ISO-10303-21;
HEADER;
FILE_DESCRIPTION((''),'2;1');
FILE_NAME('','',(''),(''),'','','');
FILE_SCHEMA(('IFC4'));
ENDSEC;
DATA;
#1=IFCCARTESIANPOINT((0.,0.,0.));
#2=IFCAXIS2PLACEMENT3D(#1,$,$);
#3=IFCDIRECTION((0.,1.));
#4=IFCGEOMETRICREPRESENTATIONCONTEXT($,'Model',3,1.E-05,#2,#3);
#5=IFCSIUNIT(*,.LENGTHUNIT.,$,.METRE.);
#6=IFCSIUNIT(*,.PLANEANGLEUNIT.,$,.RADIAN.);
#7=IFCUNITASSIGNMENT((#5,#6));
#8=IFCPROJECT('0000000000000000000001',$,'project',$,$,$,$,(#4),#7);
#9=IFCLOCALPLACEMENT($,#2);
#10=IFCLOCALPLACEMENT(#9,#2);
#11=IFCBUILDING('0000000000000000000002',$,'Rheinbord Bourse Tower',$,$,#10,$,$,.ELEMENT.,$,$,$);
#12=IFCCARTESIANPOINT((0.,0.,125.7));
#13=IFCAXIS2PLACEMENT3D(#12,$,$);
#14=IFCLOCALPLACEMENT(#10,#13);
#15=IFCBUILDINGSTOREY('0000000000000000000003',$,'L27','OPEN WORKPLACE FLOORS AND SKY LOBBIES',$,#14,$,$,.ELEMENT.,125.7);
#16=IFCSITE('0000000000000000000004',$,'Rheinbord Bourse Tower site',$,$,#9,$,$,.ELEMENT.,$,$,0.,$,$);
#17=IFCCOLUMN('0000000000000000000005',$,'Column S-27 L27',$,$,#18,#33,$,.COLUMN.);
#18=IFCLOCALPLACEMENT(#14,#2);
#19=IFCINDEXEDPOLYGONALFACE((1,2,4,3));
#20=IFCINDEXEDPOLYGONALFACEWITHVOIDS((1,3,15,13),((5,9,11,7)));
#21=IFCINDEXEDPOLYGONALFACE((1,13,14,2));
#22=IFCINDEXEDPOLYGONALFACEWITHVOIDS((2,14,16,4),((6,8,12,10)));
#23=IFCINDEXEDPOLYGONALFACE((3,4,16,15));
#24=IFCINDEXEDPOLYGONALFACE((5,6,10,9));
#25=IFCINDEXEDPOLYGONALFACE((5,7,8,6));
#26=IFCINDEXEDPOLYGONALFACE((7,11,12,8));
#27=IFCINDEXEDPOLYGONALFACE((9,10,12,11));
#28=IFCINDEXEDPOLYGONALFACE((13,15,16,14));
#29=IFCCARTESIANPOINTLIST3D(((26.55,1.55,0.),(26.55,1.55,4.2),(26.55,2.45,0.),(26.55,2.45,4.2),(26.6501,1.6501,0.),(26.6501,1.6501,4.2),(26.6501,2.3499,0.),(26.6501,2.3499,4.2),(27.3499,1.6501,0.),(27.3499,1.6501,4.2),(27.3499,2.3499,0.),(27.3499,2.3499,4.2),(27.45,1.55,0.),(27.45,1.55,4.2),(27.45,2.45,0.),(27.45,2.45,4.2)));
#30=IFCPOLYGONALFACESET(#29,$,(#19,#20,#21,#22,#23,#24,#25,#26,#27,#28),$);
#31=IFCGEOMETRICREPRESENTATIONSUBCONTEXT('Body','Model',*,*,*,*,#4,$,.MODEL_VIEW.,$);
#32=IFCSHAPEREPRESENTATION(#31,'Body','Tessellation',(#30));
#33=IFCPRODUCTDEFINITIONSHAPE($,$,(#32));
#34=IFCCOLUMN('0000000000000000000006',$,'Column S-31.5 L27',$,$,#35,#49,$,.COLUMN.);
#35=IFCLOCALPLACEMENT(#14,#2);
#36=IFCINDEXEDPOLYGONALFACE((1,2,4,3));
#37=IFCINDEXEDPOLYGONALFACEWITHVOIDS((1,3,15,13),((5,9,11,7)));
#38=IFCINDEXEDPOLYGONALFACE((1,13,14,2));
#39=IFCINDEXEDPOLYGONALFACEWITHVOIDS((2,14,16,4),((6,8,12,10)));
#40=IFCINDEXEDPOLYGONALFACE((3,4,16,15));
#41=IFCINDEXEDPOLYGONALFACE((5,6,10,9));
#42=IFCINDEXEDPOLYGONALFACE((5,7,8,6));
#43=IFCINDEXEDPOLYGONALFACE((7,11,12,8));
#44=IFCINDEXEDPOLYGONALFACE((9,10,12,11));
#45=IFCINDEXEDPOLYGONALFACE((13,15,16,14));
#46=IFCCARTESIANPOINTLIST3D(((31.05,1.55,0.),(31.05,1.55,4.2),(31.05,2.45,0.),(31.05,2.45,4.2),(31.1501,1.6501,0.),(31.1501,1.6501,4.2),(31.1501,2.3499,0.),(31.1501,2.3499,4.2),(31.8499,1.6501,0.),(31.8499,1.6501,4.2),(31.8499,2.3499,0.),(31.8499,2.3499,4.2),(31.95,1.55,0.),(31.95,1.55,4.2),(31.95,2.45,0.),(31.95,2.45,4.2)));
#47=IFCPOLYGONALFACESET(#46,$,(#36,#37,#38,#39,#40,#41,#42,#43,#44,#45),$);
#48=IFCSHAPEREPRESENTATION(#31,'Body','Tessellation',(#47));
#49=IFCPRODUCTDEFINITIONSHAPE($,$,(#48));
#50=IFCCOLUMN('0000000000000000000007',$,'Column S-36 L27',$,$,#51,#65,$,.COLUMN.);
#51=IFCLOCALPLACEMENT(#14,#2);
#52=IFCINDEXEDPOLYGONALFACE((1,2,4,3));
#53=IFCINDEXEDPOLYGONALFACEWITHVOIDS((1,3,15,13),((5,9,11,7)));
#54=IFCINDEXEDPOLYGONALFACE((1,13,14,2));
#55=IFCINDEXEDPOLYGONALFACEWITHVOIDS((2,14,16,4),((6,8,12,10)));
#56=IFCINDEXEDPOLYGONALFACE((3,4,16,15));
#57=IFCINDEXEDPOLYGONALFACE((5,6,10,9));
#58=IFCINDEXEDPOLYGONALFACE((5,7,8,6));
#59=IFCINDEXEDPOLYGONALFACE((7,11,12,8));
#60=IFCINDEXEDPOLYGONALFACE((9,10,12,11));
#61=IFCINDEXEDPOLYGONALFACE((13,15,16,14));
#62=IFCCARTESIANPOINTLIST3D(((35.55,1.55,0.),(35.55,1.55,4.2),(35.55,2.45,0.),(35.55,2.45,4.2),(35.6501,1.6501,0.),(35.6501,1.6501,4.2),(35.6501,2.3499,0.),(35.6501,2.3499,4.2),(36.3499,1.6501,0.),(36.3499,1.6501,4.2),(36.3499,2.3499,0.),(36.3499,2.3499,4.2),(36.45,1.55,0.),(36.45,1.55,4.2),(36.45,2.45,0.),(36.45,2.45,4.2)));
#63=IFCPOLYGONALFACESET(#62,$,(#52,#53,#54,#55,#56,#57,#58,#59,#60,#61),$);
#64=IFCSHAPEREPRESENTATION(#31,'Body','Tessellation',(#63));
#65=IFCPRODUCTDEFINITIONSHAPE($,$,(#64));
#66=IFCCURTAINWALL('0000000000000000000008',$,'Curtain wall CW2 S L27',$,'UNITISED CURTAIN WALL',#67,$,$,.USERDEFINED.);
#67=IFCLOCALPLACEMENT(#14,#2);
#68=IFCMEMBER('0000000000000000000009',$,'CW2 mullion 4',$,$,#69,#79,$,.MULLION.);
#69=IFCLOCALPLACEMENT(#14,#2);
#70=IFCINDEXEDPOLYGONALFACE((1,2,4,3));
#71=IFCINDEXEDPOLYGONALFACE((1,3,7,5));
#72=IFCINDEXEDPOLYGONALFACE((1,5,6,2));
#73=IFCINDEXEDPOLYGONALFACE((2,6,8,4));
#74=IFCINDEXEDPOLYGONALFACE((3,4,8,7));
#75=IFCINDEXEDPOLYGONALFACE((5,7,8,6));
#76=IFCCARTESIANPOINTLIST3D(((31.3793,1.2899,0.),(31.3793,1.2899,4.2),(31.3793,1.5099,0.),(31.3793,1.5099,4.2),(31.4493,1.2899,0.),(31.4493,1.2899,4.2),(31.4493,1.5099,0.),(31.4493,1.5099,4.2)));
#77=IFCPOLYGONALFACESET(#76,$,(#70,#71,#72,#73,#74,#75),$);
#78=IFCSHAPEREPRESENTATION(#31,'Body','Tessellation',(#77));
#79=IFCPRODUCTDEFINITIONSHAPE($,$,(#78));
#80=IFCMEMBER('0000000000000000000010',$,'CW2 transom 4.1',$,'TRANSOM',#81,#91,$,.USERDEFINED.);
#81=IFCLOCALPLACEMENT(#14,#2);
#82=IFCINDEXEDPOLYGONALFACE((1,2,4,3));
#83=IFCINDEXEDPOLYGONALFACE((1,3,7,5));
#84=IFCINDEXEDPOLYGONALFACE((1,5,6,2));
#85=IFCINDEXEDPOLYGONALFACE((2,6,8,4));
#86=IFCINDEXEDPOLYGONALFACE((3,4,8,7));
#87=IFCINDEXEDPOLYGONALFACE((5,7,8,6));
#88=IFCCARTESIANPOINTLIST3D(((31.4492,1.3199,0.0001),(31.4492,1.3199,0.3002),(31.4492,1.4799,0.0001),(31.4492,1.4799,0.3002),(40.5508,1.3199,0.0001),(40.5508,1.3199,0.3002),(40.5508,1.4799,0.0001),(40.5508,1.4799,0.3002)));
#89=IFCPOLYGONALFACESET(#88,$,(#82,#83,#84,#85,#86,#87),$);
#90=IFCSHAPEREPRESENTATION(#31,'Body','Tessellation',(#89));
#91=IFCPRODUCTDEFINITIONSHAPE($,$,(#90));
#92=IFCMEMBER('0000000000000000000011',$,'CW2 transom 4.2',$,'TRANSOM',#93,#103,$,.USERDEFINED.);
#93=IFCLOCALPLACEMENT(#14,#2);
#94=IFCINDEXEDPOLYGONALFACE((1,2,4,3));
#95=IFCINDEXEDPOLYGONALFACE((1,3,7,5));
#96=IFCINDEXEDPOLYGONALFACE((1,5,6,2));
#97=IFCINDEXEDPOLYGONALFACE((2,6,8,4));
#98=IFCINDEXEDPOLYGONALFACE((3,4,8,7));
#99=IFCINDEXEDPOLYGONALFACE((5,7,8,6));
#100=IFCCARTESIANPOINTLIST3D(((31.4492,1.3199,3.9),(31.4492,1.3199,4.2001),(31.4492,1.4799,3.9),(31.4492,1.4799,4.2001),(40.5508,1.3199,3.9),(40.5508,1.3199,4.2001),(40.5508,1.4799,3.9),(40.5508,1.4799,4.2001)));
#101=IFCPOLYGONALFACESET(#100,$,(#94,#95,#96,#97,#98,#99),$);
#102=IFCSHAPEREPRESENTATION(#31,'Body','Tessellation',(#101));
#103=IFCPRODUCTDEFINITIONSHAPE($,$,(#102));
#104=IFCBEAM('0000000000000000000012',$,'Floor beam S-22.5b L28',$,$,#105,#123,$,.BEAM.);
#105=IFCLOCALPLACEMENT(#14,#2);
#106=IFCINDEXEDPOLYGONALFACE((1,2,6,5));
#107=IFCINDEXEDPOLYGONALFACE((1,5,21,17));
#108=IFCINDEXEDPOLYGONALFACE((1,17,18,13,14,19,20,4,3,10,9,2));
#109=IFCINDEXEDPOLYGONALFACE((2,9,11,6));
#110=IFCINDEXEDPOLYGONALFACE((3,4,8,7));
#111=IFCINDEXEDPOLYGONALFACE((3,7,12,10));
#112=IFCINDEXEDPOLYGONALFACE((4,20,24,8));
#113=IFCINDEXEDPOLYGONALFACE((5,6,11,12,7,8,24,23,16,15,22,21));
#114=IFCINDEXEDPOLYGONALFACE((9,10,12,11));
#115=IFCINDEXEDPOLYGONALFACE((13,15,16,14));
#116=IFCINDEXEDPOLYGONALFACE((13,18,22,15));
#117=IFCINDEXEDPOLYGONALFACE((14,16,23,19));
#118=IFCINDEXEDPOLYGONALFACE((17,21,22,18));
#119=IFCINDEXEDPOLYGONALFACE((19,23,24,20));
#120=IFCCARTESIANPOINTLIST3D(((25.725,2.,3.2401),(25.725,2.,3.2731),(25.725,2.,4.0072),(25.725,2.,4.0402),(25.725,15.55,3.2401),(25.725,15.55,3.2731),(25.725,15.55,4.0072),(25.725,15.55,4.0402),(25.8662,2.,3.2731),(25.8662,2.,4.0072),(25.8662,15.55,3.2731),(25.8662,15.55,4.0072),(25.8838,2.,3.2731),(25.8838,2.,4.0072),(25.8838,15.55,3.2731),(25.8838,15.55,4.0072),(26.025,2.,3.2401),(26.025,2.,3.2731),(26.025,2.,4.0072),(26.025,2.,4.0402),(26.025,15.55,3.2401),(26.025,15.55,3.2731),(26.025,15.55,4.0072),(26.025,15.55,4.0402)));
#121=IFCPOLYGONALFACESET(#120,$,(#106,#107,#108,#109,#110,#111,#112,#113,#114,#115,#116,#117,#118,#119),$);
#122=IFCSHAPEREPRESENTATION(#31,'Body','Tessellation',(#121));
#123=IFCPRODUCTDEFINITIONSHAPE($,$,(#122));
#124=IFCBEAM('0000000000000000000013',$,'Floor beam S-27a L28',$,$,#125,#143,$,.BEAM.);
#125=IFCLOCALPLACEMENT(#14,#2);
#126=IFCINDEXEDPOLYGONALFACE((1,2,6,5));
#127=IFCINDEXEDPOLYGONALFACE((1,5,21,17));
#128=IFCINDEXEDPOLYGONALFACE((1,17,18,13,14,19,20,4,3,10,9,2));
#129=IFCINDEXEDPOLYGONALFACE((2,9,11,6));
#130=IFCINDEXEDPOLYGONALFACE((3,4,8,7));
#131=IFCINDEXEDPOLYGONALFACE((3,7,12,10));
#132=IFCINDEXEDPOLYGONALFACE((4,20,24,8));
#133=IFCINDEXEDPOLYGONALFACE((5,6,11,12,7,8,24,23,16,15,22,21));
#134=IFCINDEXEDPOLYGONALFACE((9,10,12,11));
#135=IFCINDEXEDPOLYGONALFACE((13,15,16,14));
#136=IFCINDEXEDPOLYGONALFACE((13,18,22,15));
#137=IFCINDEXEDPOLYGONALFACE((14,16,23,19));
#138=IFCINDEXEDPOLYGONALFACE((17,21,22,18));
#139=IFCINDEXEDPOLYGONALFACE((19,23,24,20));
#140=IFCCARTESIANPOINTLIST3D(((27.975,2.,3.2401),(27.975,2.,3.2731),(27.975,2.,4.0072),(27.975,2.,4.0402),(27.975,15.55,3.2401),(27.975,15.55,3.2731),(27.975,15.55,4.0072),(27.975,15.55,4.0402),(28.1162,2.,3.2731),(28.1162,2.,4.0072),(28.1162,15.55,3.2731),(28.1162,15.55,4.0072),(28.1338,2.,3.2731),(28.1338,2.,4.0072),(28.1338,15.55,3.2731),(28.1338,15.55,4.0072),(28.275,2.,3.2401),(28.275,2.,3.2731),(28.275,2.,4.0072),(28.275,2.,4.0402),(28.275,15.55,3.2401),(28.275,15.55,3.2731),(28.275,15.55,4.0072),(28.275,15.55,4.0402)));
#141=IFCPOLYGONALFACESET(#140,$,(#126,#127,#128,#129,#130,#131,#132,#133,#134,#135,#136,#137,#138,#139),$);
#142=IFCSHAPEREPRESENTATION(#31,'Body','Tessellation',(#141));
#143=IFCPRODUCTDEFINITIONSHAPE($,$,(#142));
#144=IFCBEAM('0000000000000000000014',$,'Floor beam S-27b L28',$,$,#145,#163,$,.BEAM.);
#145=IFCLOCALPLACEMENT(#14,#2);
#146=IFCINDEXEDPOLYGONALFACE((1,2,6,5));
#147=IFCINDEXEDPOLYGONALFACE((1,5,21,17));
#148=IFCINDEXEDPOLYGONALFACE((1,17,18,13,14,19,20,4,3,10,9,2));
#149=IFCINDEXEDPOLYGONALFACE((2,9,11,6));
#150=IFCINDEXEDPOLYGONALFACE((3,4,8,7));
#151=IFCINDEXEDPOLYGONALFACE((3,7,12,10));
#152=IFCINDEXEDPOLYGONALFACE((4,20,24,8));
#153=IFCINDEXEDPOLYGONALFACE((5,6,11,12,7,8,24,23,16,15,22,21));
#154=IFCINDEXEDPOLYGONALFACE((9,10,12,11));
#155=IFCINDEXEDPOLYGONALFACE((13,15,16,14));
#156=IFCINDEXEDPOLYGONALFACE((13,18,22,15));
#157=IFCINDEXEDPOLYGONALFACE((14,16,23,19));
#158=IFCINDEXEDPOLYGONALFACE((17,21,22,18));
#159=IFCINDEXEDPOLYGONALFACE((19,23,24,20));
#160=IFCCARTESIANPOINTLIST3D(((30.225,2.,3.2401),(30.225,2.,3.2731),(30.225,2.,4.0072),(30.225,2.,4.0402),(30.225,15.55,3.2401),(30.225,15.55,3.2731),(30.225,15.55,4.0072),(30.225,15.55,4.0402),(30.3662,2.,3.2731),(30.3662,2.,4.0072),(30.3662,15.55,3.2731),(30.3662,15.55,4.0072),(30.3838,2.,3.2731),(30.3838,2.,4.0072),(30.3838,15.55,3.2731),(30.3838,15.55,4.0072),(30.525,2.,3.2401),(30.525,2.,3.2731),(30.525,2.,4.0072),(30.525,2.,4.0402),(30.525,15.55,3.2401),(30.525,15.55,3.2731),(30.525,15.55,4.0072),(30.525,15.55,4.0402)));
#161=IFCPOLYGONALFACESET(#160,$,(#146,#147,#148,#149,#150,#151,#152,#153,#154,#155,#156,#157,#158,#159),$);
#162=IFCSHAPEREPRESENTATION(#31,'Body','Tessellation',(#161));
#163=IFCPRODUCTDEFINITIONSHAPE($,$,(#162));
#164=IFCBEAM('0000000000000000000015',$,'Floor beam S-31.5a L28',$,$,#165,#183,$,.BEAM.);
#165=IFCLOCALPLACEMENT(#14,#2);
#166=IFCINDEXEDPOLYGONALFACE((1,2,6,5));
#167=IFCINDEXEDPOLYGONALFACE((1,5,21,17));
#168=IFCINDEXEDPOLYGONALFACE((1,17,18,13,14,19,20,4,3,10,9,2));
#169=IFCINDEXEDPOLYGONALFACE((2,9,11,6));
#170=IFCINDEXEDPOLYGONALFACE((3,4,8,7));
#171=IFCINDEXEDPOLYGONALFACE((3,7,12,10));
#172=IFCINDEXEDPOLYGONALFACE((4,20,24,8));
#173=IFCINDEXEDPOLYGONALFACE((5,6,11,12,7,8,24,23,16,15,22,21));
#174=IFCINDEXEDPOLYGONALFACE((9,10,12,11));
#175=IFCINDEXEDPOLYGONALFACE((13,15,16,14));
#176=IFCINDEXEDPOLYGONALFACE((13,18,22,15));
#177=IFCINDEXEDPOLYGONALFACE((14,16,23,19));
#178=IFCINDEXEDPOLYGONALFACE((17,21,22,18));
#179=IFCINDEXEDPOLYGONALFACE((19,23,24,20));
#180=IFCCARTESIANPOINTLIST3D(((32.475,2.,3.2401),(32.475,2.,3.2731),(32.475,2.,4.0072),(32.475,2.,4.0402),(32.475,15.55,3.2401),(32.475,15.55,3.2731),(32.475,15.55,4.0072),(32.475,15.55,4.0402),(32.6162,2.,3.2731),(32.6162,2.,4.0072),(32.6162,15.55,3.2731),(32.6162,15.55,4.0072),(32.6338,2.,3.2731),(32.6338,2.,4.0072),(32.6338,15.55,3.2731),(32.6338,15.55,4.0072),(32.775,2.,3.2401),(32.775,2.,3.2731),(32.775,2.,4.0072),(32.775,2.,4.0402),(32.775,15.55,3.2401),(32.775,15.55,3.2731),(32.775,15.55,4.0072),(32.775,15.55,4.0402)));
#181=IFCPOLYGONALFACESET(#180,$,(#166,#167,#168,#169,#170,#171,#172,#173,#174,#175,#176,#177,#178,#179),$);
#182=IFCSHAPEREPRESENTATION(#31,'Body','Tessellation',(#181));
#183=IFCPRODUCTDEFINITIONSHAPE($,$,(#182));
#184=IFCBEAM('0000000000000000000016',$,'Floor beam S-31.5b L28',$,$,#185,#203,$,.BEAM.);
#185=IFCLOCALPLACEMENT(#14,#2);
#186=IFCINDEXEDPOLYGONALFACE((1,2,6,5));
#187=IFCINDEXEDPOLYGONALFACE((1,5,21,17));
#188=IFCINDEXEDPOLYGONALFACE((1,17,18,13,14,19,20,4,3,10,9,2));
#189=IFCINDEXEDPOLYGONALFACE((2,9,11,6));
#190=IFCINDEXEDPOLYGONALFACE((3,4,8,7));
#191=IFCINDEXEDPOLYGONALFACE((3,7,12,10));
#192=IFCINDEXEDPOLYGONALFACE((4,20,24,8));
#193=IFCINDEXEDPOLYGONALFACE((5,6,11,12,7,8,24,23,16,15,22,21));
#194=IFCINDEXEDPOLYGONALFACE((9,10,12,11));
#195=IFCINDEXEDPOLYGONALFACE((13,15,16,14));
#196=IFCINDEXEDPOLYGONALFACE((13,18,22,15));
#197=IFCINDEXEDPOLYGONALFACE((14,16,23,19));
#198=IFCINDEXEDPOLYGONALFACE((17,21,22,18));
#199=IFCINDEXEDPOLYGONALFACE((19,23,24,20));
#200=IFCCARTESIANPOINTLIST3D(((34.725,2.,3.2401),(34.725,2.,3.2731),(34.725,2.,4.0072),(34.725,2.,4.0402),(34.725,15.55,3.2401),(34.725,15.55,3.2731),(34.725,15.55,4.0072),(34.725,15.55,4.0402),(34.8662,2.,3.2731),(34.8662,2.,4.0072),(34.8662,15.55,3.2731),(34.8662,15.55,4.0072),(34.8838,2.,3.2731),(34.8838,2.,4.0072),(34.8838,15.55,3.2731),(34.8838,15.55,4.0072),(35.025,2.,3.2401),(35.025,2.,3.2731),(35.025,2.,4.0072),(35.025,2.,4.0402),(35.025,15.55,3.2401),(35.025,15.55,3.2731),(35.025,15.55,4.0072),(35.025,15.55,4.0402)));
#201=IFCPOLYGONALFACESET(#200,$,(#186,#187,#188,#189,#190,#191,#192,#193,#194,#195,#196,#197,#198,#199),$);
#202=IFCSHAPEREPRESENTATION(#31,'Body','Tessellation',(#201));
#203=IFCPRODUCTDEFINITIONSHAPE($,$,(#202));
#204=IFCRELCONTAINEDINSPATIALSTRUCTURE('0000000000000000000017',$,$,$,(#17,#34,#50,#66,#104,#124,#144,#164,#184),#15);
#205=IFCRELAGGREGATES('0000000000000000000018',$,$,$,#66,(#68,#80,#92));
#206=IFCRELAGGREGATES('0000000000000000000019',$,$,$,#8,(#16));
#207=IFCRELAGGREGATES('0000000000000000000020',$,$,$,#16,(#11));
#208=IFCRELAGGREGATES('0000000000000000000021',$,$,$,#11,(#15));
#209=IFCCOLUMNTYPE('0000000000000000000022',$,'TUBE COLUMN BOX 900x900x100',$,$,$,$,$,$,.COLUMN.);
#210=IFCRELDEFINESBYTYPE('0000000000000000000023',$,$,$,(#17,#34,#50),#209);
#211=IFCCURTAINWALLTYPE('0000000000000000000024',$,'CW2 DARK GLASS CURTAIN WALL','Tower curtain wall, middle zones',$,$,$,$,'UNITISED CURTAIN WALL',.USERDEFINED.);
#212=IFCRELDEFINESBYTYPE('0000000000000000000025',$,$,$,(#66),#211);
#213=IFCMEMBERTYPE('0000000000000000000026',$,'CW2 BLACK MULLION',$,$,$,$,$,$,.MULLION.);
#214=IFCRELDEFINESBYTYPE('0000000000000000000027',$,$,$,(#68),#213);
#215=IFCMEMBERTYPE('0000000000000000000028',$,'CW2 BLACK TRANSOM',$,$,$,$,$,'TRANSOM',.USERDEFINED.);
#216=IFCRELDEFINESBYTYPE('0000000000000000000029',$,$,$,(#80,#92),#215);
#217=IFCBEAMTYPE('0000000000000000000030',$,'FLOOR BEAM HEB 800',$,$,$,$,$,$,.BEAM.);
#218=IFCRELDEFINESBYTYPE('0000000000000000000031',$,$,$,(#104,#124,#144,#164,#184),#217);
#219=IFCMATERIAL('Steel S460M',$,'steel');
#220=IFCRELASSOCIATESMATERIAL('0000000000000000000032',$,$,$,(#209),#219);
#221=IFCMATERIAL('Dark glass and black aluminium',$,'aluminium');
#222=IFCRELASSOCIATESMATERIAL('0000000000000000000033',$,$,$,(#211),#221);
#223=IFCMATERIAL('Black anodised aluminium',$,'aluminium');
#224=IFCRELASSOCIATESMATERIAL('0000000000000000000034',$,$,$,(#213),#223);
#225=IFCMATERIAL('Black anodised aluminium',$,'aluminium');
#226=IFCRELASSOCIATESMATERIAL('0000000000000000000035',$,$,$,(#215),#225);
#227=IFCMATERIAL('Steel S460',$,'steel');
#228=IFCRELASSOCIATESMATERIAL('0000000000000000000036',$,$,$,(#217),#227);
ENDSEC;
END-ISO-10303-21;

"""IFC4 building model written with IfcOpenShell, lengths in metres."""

from ifc_helpers import new_model, si_unit, direction, frame, origin, origin_2d, place, context, subcontext, project, spatial, rectangle, hollow_rectangle, i_section, extrude, material, material_profile, profile_set, type_object, element, aggregate, save


model = new_model("IFC4")

# Units and contexts
model_context = context("Model", 3, precision=1e-05, world=origin(), true_north=direction((0.0, 1.0)))
body_context = subcontext(model_context, "Body", "Model", "MODEL_VIEW")
ifc_project = project(units=[si_unit("LENGTHUNIT", "METRE"), si_unit("PLANEANGLEUNIT", "RADIAN")], contexts=[model_context])

# Site, building, storey
site_placement = place(None, origin())
site = spatial("IfcSite", under=ifc_project, at=site_placement, Name="Rheinbord Bourse Tower site", CompositionType="ELEMENT", RefElevation=0.0)
building_placement = place(site_placement, origin())
building = spatial("IfcBuilding", under=site, at=building_placement, Name="Rheinbord Bourse Tower", CompositionType="ELEMENT")
storey_placement = place(building_placement, frame((0.0, 0.0, 125.7)))
storey = spatial("IfcBuildingStorey", under=building, at=storey_placement, Name="L27", Description="OPEN WORKPLACE FLOORS AND SKY LOBBIES", CompositionType="ELEMENT", Elevation=125.7)

# Columns
ifc_material_1 = material(Name="Steel S460M", Category="steel")
ifc_material_profile_1 = material_profile(ifc_material_1, hollow_rectangle(XDim=0.8999, YDim=0.8999, WallThickness=0.1001, at=origin_2d()), Name="BOX 900x900x100")
ifc_profile_set_1 = profile_set([ifc_material_profile_1], Name="Steel S460M")
column_type = type_object("IfcColumnType", Name="TUBE COLUMN BOX 900x900x100", PredefinedType="COLUMN", material=ifc_profile_set_1)
for number, where, z_axis, x_axis, name in (
    (1, (27.0, 2.0, 0.0), (0.0, 0.0, 1.0), (0.0, 1.0, 0.0), "Column S-27 L27"),
    (2, (31.5, 2.0, 0.0), (0.0, 0.0, 1.0), (0.0, 1.0, 0.0), "Column S-31.5 L27"),
    (3, (36.0, 2.0, 0.0), (0.0, 0.0, 1.0), (0.0, 1.0, 0.0), "Column S-36 L27"),
):
    element("IfcColumn", number, at=place(storey_placement, frame(where, z_axis=z_axis, x_axis=x_axis)), inside=storey, type_object=column_type, Name=name, PredefinedType="COLUMN", context=body_context, shape_type="SweptSolid", body=[
        extrude(hollow_rectangle(XDim=0.8999, YDim=0.8999, WallThickness=0.1001, at=origin_2d()), origin(), (0.0, 0.0, 1.0), 4.2),
    ])

# Curtain wall, members
ifc_material_2 = material(Name="Dark glass and black aluminium", Category="aluminium")
curtain_wall_type = type_object("IfcCurtainWallType", Name="CW2 DARK GLASS CURTAIN WALL", Description="Tower curtain wall, middle zones", ElementType="UNITISED CURTAIN WALL", PredefinedType="USERDEFINED", material=ifc_material_2)
curtain_wall_placement = place(storey_placement, origin())
curtain_wall = element("IfcCurtainWall", 4, at=curtain_wall_placement, inside=storey, type_object=curtain_wall_type, Name="Curtain wall CW2 S L27", ObjectType="UNITISED CURTAIN WALL", PredefinedType="USERDEFINED")
ifc_material_3 = material(Name="Black anodised aluminium", Category="aluminium")
ifc_material_profile_2 = material_profile(ifc_material_3, rectangle(XDim=0.22, YDim=0.0701, at=origin_2d()), Name="CW2 MULLION 70x220")
ifc_profile_set_2 = profile_set([ifc_material_profile_2], Name="Black anodised aluminium")
member_type_1 = type_object("IfcMemberType", Name="CW2 BLACK MULLION", PredefinedType="MULLION", material=ifc_profile_set_2)
member_1_placement = place(storey_placement, frame((31.4143, 1.3999, 0.0), z_axis=(0.0, 0.0, 1.0), x_axis=(0.0, 1.0, 0.0)))
member_1 = element("IfcMember", 5, at=member_1_placement, type_object=member_type_1, Name="CW2 mullion 4", PredefinedType="MULLION", context=body_context, shape_type="SweptSolid", body=[
    extrude(rectangle(XDim=0.22, YDim=0.0701, at=origin_2d()), origin(), (0.0, 0.0, 1.0), 4.2),
])
ifc_material_4 = material(Name="Black anodised aluminium", Category="aluminium")
ifc_material_profile_3 = material_profile(ifc_material_4, rectangle(XDim=0.1599, YDim=0.3, at=origin_2d()), Name="CW2 TRANSOM 300x160")
ifc_profile_set_3 = profile_set([ifc_material_profile_3], Name="Black anodised aluminium")
member_type_2 = type_object("IfcMemberType", Name="CW2 BLACK TRANSOM", ElementType="TRANSOM", PredefinedType="USERDEFINED", material=ifc_profile_set_3)
member_2_placement = place(storey_placement, frame((31.4492, 1.3999, 0.1501), z_axis=(1.0, 0.0, 0.0), x_axis=(0.0, 1.0, 0.0)))
member_2 = element("IfcMember", 6, at=member_2_placement, type_object=member_type_2, Name="CW2 transom 4.1", ObjectType="TRANSOM", PredefinedType="USERDEFINED", context=body_context, shape_type="SweptSolid", body=[
    extrude(rectangle(XDim=0.1599, YDim=0.3, at=origin_2d()), origin(), (0.0, 0.0, 1.0), 9.1016),
])
member_3_placement = place(storey_placement, frame((31.4492, 1.3999, 4.05), z_axis=(1.0, 0.0, 0.0), x_axis=(0.0, 1.0, 0.0)))
member_3 = element("IfcMember", 7, at=member_3_placement, type_object=member_type_2, Name="CW2 transom 4.2", ObjectType="TRANSOM", PredefinedType="USERDEFINED", context=body_context, shape_type="SweptSolid", body=[
    extrude(rectangle(XDim=0.1599, YDim=0.3, at=origin_2d()), origin(), (0.0, 0.0, 1.0), 9.1016),
])

# Beams
ifc_material_5 = material(Name="Steel S460", Category="steel")
ifc_material_profile_4 = material_profile(ifc_material_5, i_section(OverallWidth=0.3, OverallDepth=0.8, WebThickness=0.0176, FlangeThickness=0.033, at=origin_2d()), Name="HEB 800")
ifc_profile_set_4 = profile_set([ifc_material_profile_4], Name="Steel S460")
beam_type_1 = type_object("IfcBeamType", Name="FLOOR BEAM HEB 800", PredefinedType="BEAM", material=ifc_profile_set_4)
for number, where, z_axis, x_axis, name in (
    (8, (25.875, 2.0, 3.6401), (0.0, 1.0, 0.0), (-1.0, 0.0, 0.0), "Floor beam S-22.5b L28"),
    (9, (28.125, 2.0, 3.6401), (0.0, 1.0, 0.0), (-1.0, 0.0, 0.0), "Floor beam S-27a L28"),
    (10, (30.375, 2.0, 3.6401), (0.0, 1.0, 0.0), (-1.0, 0.0, 0.0), "Floor beam S-27b L28"),
    (11, (32.625, 2.0, 3.6401), (0.0, 1.0, 0.0), (-1.0, 0.0, 0.0), "Floor beam S-31.5a L28"),
    (12, (34.875, 2.0, 3.6401), (0.0, 1.0, 0.0), (-1.0, 0.0, 0.0), "Floor beam S-31.5b L28"),
):
    element("IfcBeam", number, at=place(storey_placement, frame(where, z_axis=z_axis, x_axis=x_axis)), inside=storey, type_object=beam_type_1, Name=name, PredefinedType="BEAM", context=body_context, shape_type="SweptSolid", body=[
        extrude(i_section(OverallWidth=0.3, OverallDepth=0.8, WebThickness=0.0176, FlangeThickness=0.033, at=origin_2d()), origin(), (0.0, 0.0, 1.0), 13.55),
    ])

aggregate(curtain_wall, [member_1, member_2, member_3])

save(model, "model.ifc")
